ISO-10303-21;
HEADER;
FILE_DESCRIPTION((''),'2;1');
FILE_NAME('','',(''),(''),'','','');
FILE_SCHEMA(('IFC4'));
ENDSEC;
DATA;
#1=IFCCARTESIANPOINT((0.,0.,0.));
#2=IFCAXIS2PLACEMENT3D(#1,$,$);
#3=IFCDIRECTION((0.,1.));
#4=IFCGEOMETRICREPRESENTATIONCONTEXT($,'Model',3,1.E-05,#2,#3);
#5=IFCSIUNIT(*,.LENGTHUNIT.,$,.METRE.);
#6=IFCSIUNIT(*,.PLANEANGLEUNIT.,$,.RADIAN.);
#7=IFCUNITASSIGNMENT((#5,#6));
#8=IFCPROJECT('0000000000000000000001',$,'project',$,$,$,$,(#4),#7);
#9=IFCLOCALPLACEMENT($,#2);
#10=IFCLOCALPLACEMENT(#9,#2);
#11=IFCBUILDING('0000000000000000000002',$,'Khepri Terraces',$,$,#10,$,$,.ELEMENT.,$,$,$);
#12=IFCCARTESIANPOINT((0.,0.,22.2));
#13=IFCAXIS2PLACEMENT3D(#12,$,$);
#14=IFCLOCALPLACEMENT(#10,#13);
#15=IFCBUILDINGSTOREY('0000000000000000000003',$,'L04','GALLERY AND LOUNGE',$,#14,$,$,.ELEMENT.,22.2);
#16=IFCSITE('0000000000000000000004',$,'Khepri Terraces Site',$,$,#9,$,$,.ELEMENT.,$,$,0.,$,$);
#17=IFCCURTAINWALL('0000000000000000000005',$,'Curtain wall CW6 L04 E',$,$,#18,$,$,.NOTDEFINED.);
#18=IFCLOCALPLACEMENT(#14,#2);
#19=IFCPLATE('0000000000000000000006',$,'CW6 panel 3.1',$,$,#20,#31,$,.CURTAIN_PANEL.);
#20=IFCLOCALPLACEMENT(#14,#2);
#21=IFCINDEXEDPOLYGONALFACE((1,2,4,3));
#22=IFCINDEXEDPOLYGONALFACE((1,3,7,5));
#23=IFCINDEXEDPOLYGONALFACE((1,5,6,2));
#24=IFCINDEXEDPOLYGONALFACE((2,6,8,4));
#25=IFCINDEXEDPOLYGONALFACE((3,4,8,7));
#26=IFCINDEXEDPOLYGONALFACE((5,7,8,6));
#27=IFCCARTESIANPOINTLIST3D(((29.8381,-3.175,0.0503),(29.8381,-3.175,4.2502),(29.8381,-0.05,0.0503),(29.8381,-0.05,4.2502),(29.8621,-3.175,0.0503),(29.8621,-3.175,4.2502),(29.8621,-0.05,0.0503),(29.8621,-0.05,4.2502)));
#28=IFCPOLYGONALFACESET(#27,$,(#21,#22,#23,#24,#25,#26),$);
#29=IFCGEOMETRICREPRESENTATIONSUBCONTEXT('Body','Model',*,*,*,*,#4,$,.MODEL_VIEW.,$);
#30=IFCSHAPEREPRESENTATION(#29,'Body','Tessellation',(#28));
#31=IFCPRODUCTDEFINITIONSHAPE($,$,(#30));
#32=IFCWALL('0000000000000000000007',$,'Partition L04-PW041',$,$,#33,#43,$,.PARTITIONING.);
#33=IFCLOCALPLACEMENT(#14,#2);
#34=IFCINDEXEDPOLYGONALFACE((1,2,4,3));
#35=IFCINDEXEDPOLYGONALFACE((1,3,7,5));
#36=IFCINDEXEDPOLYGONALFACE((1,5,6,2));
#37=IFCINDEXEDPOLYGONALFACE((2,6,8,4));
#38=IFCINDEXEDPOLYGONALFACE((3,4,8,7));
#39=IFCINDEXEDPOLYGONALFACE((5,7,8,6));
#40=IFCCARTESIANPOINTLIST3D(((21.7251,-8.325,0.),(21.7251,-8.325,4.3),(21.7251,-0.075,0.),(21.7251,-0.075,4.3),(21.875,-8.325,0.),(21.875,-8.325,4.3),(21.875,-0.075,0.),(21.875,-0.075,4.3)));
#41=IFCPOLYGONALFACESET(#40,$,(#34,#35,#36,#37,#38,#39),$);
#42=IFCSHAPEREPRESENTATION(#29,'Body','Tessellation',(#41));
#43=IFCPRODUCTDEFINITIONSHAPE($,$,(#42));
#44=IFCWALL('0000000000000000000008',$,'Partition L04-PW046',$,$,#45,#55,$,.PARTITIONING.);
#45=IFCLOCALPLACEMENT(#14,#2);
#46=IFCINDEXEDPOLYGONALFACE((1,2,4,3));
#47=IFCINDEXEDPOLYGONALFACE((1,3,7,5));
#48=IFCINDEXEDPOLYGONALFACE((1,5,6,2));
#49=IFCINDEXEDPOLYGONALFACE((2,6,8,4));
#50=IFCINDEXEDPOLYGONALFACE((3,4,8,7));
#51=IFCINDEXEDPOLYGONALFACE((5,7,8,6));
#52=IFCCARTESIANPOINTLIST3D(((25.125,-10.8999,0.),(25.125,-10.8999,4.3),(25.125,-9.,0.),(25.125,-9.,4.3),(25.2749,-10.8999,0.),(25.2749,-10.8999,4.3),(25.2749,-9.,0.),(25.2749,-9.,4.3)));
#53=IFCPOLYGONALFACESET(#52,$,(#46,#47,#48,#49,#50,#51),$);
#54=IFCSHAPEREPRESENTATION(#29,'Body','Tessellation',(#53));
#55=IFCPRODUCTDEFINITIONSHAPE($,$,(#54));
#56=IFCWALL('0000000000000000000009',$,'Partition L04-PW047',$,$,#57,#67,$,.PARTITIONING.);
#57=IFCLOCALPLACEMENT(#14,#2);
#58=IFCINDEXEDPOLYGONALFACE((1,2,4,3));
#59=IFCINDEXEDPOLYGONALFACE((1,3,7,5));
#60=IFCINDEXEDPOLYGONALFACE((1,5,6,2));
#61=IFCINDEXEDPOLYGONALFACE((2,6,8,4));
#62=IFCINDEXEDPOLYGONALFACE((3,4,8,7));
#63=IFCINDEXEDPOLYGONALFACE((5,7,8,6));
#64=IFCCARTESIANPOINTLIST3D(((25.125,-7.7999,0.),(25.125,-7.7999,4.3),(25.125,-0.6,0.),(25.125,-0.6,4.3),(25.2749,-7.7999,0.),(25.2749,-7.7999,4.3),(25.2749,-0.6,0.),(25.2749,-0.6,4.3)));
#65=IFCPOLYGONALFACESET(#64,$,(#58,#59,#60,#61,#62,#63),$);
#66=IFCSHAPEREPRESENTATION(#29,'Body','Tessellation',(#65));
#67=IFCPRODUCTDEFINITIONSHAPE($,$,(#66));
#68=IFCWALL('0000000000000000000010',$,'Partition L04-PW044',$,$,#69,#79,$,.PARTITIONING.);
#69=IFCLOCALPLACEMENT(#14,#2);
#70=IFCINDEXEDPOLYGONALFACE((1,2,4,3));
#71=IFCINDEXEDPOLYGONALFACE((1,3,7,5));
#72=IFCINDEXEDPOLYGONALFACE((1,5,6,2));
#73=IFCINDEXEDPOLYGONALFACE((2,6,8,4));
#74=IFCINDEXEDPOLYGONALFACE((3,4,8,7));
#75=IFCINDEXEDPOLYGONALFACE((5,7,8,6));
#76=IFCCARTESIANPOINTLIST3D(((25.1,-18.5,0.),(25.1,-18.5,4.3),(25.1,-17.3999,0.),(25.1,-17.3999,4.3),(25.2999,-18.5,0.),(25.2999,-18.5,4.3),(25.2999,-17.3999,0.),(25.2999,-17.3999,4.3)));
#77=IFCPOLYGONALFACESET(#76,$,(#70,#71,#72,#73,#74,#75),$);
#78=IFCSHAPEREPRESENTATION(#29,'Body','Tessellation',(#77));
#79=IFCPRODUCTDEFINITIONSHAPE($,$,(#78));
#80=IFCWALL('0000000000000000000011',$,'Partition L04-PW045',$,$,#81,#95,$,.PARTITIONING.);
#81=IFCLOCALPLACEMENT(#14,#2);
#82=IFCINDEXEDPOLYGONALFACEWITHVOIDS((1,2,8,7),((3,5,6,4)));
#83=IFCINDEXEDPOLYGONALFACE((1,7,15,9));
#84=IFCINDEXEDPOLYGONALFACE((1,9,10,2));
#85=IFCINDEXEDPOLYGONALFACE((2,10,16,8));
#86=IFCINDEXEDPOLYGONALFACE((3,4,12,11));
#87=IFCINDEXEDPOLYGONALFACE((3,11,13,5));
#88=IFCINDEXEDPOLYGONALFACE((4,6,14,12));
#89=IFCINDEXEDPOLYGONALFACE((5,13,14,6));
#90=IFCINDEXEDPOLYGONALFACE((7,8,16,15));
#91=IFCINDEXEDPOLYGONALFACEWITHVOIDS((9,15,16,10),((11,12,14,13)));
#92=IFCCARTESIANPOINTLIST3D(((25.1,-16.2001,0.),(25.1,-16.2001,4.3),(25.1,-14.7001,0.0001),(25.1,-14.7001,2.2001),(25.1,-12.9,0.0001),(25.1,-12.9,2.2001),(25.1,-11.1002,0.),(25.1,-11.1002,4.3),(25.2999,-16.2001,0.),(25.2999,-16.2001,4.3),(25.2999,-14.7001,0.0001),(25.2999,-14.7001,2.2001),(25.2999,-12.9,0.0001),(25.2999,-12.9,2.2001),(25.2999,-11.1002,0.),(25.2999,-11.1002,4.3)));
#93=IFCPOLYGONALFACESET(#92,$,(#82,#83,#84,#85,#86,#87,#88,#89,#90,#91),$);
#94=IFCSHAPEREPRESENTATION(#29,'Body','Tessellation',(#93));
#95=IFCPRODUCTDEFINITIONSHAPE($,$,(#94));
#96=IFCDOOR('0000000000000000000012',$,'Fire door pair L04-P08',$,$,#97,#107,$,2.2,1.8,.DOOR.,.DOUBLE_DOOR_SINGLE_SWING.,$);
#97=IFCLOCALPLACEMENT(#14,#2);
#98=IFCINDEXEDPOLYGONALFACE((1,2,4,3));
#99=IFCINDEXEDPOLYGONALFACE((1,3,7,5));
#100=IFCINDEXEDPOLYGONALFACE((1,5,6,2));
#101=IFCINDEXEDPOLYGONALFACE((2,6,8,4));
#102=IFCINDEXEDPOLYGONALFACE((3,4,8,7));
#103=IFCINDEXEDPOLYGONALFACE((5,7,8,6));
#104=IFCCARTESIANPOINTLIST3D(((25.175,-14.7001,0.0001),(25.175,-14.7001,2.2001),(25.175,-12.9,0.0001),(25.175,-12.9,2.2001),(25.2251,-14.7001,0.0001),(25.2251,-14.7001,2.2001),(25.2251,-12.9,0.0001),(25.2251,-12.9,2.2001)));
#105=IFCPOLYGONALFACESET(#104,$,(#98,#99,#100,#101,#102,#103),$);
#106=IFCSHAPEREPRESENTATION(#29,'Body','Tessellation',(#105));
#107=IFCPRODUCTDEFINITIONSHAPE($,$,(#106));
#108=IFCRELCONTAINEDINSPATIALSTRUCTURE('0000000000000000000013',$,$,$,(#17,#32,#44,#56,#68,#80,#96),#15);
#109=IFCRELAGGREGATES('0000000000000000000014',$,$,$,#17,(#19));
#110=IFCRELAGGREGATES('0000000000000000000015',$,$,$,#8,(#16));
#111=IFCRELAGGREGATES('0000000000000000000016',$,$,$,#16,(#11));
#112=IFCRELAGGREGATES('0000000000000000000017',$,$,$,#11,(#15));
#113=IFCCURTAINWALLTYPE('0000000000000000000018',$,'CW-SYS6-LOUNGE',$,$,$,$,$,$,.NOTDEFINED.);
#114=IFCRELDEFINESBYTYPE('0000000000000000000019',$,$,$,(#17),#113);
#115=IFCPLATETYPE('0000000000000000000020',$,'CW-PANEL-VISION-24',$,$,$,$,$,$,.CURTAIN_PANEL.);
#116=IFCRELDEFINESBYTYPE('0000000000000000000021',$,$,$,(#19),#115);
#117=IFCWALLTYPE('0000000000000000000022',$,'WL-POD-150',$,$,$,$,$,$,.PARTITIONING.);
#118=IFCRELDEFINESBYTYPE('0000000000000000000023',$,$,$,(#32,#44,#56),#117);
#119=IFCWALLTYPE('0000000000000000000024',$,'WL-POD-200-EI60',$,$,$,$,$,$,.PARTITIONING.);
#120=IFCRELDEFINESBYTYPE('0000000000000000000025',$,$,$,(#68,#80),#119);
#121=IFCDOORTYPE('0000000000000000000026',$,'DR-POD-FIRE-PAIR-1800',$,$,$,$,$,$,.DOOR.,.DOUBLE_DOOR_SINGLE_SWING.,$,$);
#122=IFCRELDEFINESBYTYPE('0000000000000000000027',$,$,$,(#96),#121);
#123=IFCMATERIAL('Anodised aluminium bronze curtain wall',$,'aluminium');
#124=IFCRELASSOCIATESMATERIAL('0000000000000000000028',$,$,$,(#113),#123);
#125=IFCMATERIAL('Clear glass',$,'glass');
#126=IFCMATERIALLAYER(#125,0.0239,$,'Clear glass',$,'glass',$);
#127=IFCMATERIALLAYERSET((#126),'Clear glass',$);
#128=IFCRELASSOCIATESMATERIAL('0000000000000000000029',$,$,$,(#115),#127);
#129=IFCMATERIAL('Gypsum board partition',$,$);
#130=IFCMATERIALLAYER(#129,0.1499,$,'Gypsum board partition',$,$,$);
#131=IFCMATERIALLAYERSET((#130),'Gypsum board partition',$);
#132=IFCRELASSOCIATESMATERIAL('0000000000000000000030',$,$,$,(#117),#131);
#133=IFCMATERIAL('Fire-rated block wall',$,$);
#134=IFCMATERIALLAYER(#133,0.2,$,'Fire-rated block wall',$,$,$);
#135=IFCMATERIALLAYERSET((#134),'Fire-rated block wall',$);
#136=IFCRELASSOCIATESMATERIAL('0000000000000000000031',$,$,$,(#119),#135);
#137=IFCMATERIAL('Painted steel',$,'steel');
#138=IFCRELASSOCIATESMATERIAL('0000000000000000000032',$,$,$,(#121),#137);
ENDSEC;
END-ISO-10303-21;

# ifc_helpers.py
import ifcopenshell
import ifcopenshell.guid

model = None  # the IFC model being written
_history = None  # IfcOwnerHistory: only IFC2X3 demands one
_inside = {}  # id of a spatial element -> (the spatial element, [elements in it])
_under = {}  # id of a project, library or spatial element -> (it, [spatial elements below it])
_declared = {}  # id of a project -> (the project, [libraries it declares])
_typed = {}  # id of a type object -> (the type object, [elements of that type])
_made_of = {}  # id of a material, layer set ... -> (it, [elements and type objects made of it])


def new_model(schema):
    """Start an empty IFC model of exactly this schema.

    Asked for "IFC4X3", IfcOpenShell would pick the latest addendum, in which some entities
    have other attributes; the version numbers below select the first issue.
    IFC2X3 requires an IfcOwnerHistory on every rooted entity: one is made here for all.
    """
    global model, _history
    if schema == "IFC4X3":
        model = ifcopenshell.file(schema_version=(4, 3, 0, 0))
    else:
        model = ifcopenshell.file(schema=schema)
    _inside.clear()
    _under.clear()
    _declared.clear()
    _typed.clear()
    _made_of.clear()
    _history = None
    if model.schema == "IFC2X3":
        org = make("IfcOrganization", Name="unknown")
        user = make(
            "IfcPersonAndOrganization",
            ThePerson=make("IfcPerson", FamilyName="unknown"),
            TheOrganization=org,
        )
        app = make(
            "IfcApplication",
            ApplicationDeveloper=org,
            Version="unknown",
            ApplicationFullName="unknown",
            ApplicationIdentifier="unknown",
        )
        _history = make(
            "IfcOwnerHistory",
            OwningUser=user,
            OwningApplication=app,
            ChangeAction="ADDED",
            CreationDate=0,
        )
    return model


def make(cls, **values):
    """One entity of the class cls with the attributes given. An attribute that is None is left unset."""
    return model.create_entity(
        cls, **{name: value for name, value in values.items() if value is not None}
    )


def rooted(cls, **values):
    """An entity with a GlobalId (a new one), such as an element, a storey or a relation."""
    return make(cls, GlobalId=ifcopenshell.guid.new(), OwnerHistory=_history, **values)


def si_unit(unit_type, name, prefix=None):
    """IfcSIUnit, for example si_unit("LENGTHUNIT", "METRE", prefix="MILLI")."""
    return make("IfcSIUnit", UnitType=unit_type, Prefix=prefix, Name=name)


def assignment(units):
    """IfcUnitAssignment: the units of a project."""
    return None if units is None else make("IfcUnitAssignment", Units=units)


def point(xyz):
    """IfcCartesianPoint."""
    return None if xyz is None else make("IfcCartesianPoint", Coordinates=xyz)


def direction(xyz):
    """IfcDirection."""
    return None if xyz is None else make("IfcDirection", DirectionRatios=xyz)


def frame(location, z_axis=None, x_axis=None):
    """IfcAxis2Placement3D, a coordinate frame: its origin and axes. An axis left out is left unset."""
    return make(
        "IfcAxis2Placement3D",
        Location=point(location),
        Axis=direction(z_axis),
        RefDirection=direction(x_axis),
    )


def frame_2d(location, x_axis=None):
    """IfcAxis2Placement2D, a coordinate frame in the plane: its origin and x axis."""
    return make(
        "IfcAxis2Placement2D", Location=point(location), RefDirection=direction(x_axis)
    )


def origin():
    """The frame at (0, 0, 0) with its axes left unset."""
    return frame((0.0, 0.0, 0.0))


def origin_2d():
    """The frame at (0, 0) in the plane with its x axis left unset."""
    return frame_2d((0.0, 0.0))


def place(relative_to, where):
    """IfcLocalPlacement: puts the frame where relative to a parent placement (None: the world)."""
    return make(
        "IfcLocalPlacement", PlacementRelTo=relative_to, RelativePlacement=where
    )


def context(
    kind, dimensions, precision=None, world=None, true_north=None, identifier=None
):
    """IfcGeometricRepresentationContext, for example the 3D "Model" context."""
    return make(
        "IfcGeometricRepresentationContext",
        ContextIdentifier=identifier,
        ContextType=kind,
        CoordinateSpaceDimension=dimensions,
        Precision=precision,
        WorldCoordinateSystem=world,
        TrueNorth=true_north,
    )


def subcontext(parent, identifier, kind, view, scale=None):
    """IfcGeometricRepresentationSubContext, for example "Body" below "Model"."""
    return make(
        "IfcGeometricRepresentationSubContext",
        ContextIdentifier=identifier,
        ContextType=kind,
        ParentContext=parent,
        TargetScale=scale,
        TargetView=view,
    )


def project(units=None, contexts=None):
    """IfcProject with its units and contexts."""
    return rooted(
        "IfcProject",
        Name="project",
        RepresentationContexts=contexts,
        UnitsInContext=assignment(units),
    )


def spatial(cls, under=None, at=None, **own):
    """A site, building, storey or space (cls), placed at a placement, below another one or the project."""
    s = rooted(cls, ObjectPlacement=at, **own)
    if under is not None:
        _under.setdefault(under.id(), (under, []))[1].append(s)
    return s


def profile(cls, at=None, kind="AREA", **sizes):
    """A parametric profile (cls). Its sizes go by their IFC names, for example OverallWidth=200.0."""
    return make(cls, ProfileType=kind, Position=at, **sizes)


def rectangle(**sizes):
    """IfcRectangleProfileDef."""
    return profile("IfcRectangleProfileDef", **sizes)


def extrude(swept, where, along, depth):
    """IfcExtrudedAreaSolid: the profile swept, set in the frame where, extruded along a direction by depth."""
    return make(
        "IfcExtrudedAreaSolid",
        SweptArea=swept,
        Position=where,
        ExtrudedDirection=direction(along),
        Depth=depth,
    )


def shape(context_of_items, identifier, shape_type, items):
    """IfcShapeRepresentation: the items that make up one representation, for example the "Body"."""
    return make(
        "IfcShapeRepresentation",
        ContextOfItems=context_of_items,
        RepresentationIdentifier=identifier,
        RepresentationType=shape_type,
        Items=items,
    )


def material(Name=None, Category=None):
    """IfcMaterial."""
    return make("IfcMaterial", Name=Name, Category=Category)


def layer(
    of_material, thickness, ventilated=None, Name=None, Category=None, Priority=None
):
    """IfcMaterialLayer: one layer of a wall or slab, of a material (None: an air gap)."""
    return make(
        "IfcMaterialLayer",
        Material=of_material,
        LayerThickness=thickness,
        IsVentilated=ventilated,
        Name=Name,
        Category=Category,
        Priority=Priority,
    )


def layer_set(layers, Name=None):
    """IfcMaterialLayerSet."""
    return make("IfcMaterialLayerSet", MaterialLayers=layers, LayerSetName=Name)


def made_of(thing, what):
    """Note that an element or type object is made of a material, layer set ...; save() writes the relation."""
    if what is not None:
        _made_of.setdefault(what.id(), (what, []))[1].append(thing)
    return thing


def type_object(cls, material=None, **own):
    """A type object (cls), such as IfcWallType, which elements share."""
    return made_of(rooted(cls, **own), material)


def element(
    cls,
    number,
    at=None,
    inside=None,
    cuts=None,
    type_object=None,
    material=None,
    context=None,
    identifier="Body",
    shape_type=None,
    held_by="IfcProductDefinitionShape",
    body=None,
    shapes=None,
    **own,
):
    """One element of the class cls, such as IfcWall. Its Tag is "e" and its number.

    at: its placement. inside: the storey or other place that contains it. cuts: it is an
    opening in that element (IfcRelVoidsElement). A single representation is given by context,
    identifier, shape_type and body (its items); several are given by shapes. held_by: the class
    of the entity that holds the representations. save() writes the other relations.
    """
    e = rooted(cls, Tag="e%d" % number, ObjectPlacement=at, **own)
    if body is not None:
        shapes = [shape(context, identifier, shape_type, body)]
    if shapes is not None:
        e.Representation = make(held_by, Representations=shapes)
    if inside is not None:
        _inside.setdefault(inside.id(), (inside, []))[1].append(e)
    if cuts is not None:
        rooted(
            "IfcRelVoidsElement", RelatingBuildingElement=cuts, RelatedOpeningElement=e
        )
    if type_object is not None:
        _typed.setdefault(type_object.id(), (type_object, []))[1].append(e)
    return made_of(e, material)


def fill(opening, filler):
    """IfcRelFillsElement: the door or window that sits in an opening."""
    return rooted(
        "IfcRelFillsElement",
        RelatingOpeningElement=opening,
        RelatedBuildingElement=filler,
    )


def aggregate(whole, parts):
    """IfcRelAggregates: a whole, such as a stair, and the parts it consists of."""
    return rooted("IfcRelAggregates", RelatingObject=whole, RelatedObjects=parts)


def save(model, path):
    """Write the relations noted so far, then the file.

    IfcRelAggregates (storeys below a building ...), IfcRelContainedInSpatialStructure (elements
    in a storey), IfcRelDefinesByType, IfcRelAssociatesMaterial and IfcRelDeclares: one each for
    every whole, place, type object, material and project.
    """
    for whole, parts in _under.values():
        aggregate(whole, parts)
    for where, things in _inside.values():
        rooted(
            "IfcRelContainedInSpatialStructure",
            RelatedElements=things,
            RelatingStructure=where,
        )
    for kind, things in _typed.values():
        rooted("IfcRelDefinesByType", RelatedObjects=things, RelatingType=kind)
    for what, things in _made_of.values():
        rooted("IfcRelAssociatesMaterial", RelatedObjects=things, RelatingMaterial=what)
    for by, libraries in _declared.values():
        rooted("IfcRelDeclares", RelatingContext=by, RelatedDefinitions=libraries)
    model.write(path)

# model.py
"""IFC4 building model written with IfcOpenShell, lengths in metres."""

from ifc_helpers import new_model, si_unit, direction, frame, frame_2d, origin, origin_2d, place, context, subcontext, project, spatial, rectangle, extrude, material, layer, layer_set, type_object, element, fill, aggregate, save


model = new_model("IFC4")

# Units and contexts
model_context = context("Model", 3, precision=1e-05, world=origin(), true_north=direction((0.0, 1.0)))
body_context = subcontext(model_context, "Body", "Model", "MODEL_VIEW")
ifc_project = project(units=[si_unit("LENGTHUNIT", "METRE"), si_unit("PLANEANGLEUNIT", "RADIAN")], contexts=[model_context])

# Site, building, storey
site_placement = place(None, origin())
site = spatial("IfcSite", under=ifc_project, at=site_placement, Name="Khepri Terraces Site", CompositionType="ELEMENT", RefElevation=0.0)
building_placement = place(site_placement, origin())
building = spatial("IfcBuilding", under=site, at=building_placement, Name="Khepri Terraces", CompositionType="ELEMENT")
storey_placement = place(building_placement, frame((0.0, 0.0, 22.2)))
storey = spatial("IfcBuildingStorey", under=building, at=storey_placement, Name="L04", Description="GALLERY AND LOUNGE", CompositionType="ELEMENT", Elevation=22.2)

# Curtain wall, plate
ifc_material_1 = material(Name="Anodised aluminium bronze curtain wall", Category="aluminium")
curtain_wall_type = type_object("IfcCurtainWallType", Name="CW-SYS6-LOUNGE", PredefinedType="NOTDEFINED", material=ifc_material_1)
curtain_wall_placement = place(storey_placement, origin())
curtain_wall = element("IfcCurtainWall", 1, at=curtain_wall_placement, inside=storey, type_object=curtain_wall_type, Name="Curtain wall CW6 L04 E", PredefinedType="NOTDEFINED")
ifc_material_2 = material(Name="Clear glass", Category="glass")
ifc_layer_1 = layer(ifc_material_2, 0.0239, Name="Clear glass", Category="glass")
ifc_layer_set_1 = layer_set([ifc_layer_1], Name="Clear glass")
plate_type = type_object("IfcPlateType", Name="CW-PANEL-VISION-24", PredefinedType="CURTAIN_PANEL", material=ifc_layer_set_1)
plate_1_placement = place(storey_placement, frame((29.8501, -1.6125, 0.0503), z_axis=(0.0, 0.0, 1.0), x_axis=(0.0, 1.0, 0.0)))
plate_1 = element("IfcPlate", 2, at=plate_1_placement, type_object=plate_type, Name="CW6 panel 3.1", PredefinedType="CURTAIN_PANEL", context=body_context, shape_type="SweptSolid", body=[
    extrude(rectangle(XDim=3.125, YDim=0.0239, at=origin_2d()), origin(), (0.0, 0.0, 1.0), 4.2),
])
aggregate(curtain_wall, [plate_1])

# Walls
ifc_material_3 = material(Name="Gypsum board partition")
ifc_layer_2 = layer(ifc_material_3, 0.1499, Name="Gypsum board partition")
ifc_layer_set_2 = layer_set([ifc_layer_2], Name="Gypsum board partition")
wall_type_1 = type_object("IfcWallType", Name="WL-POD-150", PredefinedType="PARTITIONING", material=ifc_layer_set_2)
wall_1_placement = place(storey_placement, frame((21.8, -8.325, 0.0), z_axis=(0.0, 0.0, 1.0), x_axis=(0.0, 1.0, 0.0)))
element("IfcWall", 3, at=wall_1_placement, inside=storey, type_object=wall_type_1, Name="Partition L04-PW041", PredefinedType="PARTITIONING", context=body_context, shape_type="SweptSolid", body=[
    extrude(rectangle(XDim=8.25, YDim=0.1499, at=frame_2d((4.125, 0.0))), origin(), (0.0, 0.0, 1.0), 4.3),
])
wall_2_placement = place(storey_placement, frame((25.2, -10.8999, 0.0), z_axis=(0.0, 0.0, 1.0), x_axis=(0.0, 1.0, 0.0)))
element("IfcWall", 4, at=wall_2_placement, inside=storey, type_object=wall_type_1, Name="Partition L04-PW046", PredefinedType="PARTITIONING", context=body_context, shape_type="SweptSolid", body=[
    extrude(rectangle(XDim=1.8999, YDim=0.1499, at=frame_2d((0.95, 0.0))), origin(), (0.0, 0.0, 1.0), 4.3),
])
wall_3_placement = place(storey_placement, frame((25.2, -7.8, 0.0), z_axis=(0.0, 0.0, 1.0), x_axis=(0.0, 1.0, 0.0)))
element("IfcWall", 5, at=wall_3_placement, inside=storey, type_object=wall_type_1, Name="Partition L04-PW047", PredefinedType="PARTITIONING", context=body_context, shape_type="SweptSolid", body=[
    extrude(rectangle(XDim=7.2, YDim=0.1499, at=frame_2d((3.6001, 0.0))), origin(), (0.0, 0.0, 1.0), 4.3),
])
ifc_material_4 = material(Name="Fire-rated block wall")
ifc_layer_3 = layer(ifc_material_4, 0.2, Name="Fire-rated block wall")
ifc_layer_set_3 = layer_set([ifc_layer_3], Name="Fire-rated block wall")
wall_type_2 = type_object("IfcWallType", Name="WL-POD-200-EI60", PredefinedType="PARTITIONING", material=ifc_layer_set_3)
wall_4_placement = place(storey_placement, frame((25.2, -18.5, 0.0), z_axis=(0.0, 0.0, 1.0), x_axis=(0.0, 1.0, 0.0)))
element("IfcWall", 6, at=wall_4_placement, inside=storey, type_object=wall_type_2, Name="Partition L04-PW044", PredefinedType="PARTITIONING", context=body_context, shape_type="SweptSolid", body=[
    extrude(rectangle(XDim=1.1001, YDim=0.2, at=frame_2d((0.55, 0.0))), origin(), (0.0, 0.0, 1.0), 4.3),
])

# Wall, opening, door
wall_5_placement = place(storey_placement, frame((25.2, -16.2, 0.0), z_axis=(0.0, 0.0, 1.0), x_axis=(0.0, 1.0, 0.0)))
wall_5 = element("IfcWall", 7, at=wall_5_placement, inside=storey, type_object=wall_type_2, Name="Partition L04-PW045", PredefinedType="PARTITIONING", context=body_context, shape_type="SweptSolid", body=[
    extrude(rectangle(XDim=5.0999, YDim=0.2, at=frame_2d((2.5498, 0.0))), origin(), (0.0, 0.0, 1.0), 4.3),
])
opening_1_placement = place(wall_5_placement, frame((1.5, 0.0, 0.0)))
opening_1 = element("IfcOpeningElement", 8, at=opening_1_placement, cuts=wall_5, PredefinedType="OPENING", context=body_context, shape_type="SweptSolid", body=[
    extrude(rectangle(XDim=1.8, YDim=2.2, at=frame_2d((0.8999, 1.1001))), frame((0.0, 0.1099, 0.0), z_axis=(0.0, -1.0, 0.0), x_axis=(1.0, 0.0, 0.0)), (0.0, 0.0, 1.0), 0.22),
])
ifc_material_5 = material(Name="Painted steel", Category="steel")
door_type_1 = type_object("IfcDoorType", Name="DR-POD-FIRE-PAIR-1800", OperationType="DOUBLE_DOOR_SINGLE_SWING", PredefinedType="DOOR", material=ifc_material_5)
door_1_placement = place(opening_1_placement, origin())
door_1 = element("IfcDoor", 9, at=door_1_placement, inside=storey, type_object=door_type_1, Name="Fire door pair L04-P08", OperationType="DOUBLE_DOOR_SINGLE_SWING", OverallHeight=2.2, OverallWidth=1.8, PredefinedType="DOOR", context=body_context, shape_type="SweptSolid", body=[
    extrude(rectangle(XDim=1.8, YDim=2.2, at=frame_2d((0.8999, 1.1001))), frame((0.0, 0.0249, 0.0), z_axis=(0.0, -1.0, 0.0), x_axis=(1.0, 0.0, 0.0)), (0.0, 0.0, 1.0), 0.05),
])
fill(opening_1, door_1)

save(model, "model.ifc")
